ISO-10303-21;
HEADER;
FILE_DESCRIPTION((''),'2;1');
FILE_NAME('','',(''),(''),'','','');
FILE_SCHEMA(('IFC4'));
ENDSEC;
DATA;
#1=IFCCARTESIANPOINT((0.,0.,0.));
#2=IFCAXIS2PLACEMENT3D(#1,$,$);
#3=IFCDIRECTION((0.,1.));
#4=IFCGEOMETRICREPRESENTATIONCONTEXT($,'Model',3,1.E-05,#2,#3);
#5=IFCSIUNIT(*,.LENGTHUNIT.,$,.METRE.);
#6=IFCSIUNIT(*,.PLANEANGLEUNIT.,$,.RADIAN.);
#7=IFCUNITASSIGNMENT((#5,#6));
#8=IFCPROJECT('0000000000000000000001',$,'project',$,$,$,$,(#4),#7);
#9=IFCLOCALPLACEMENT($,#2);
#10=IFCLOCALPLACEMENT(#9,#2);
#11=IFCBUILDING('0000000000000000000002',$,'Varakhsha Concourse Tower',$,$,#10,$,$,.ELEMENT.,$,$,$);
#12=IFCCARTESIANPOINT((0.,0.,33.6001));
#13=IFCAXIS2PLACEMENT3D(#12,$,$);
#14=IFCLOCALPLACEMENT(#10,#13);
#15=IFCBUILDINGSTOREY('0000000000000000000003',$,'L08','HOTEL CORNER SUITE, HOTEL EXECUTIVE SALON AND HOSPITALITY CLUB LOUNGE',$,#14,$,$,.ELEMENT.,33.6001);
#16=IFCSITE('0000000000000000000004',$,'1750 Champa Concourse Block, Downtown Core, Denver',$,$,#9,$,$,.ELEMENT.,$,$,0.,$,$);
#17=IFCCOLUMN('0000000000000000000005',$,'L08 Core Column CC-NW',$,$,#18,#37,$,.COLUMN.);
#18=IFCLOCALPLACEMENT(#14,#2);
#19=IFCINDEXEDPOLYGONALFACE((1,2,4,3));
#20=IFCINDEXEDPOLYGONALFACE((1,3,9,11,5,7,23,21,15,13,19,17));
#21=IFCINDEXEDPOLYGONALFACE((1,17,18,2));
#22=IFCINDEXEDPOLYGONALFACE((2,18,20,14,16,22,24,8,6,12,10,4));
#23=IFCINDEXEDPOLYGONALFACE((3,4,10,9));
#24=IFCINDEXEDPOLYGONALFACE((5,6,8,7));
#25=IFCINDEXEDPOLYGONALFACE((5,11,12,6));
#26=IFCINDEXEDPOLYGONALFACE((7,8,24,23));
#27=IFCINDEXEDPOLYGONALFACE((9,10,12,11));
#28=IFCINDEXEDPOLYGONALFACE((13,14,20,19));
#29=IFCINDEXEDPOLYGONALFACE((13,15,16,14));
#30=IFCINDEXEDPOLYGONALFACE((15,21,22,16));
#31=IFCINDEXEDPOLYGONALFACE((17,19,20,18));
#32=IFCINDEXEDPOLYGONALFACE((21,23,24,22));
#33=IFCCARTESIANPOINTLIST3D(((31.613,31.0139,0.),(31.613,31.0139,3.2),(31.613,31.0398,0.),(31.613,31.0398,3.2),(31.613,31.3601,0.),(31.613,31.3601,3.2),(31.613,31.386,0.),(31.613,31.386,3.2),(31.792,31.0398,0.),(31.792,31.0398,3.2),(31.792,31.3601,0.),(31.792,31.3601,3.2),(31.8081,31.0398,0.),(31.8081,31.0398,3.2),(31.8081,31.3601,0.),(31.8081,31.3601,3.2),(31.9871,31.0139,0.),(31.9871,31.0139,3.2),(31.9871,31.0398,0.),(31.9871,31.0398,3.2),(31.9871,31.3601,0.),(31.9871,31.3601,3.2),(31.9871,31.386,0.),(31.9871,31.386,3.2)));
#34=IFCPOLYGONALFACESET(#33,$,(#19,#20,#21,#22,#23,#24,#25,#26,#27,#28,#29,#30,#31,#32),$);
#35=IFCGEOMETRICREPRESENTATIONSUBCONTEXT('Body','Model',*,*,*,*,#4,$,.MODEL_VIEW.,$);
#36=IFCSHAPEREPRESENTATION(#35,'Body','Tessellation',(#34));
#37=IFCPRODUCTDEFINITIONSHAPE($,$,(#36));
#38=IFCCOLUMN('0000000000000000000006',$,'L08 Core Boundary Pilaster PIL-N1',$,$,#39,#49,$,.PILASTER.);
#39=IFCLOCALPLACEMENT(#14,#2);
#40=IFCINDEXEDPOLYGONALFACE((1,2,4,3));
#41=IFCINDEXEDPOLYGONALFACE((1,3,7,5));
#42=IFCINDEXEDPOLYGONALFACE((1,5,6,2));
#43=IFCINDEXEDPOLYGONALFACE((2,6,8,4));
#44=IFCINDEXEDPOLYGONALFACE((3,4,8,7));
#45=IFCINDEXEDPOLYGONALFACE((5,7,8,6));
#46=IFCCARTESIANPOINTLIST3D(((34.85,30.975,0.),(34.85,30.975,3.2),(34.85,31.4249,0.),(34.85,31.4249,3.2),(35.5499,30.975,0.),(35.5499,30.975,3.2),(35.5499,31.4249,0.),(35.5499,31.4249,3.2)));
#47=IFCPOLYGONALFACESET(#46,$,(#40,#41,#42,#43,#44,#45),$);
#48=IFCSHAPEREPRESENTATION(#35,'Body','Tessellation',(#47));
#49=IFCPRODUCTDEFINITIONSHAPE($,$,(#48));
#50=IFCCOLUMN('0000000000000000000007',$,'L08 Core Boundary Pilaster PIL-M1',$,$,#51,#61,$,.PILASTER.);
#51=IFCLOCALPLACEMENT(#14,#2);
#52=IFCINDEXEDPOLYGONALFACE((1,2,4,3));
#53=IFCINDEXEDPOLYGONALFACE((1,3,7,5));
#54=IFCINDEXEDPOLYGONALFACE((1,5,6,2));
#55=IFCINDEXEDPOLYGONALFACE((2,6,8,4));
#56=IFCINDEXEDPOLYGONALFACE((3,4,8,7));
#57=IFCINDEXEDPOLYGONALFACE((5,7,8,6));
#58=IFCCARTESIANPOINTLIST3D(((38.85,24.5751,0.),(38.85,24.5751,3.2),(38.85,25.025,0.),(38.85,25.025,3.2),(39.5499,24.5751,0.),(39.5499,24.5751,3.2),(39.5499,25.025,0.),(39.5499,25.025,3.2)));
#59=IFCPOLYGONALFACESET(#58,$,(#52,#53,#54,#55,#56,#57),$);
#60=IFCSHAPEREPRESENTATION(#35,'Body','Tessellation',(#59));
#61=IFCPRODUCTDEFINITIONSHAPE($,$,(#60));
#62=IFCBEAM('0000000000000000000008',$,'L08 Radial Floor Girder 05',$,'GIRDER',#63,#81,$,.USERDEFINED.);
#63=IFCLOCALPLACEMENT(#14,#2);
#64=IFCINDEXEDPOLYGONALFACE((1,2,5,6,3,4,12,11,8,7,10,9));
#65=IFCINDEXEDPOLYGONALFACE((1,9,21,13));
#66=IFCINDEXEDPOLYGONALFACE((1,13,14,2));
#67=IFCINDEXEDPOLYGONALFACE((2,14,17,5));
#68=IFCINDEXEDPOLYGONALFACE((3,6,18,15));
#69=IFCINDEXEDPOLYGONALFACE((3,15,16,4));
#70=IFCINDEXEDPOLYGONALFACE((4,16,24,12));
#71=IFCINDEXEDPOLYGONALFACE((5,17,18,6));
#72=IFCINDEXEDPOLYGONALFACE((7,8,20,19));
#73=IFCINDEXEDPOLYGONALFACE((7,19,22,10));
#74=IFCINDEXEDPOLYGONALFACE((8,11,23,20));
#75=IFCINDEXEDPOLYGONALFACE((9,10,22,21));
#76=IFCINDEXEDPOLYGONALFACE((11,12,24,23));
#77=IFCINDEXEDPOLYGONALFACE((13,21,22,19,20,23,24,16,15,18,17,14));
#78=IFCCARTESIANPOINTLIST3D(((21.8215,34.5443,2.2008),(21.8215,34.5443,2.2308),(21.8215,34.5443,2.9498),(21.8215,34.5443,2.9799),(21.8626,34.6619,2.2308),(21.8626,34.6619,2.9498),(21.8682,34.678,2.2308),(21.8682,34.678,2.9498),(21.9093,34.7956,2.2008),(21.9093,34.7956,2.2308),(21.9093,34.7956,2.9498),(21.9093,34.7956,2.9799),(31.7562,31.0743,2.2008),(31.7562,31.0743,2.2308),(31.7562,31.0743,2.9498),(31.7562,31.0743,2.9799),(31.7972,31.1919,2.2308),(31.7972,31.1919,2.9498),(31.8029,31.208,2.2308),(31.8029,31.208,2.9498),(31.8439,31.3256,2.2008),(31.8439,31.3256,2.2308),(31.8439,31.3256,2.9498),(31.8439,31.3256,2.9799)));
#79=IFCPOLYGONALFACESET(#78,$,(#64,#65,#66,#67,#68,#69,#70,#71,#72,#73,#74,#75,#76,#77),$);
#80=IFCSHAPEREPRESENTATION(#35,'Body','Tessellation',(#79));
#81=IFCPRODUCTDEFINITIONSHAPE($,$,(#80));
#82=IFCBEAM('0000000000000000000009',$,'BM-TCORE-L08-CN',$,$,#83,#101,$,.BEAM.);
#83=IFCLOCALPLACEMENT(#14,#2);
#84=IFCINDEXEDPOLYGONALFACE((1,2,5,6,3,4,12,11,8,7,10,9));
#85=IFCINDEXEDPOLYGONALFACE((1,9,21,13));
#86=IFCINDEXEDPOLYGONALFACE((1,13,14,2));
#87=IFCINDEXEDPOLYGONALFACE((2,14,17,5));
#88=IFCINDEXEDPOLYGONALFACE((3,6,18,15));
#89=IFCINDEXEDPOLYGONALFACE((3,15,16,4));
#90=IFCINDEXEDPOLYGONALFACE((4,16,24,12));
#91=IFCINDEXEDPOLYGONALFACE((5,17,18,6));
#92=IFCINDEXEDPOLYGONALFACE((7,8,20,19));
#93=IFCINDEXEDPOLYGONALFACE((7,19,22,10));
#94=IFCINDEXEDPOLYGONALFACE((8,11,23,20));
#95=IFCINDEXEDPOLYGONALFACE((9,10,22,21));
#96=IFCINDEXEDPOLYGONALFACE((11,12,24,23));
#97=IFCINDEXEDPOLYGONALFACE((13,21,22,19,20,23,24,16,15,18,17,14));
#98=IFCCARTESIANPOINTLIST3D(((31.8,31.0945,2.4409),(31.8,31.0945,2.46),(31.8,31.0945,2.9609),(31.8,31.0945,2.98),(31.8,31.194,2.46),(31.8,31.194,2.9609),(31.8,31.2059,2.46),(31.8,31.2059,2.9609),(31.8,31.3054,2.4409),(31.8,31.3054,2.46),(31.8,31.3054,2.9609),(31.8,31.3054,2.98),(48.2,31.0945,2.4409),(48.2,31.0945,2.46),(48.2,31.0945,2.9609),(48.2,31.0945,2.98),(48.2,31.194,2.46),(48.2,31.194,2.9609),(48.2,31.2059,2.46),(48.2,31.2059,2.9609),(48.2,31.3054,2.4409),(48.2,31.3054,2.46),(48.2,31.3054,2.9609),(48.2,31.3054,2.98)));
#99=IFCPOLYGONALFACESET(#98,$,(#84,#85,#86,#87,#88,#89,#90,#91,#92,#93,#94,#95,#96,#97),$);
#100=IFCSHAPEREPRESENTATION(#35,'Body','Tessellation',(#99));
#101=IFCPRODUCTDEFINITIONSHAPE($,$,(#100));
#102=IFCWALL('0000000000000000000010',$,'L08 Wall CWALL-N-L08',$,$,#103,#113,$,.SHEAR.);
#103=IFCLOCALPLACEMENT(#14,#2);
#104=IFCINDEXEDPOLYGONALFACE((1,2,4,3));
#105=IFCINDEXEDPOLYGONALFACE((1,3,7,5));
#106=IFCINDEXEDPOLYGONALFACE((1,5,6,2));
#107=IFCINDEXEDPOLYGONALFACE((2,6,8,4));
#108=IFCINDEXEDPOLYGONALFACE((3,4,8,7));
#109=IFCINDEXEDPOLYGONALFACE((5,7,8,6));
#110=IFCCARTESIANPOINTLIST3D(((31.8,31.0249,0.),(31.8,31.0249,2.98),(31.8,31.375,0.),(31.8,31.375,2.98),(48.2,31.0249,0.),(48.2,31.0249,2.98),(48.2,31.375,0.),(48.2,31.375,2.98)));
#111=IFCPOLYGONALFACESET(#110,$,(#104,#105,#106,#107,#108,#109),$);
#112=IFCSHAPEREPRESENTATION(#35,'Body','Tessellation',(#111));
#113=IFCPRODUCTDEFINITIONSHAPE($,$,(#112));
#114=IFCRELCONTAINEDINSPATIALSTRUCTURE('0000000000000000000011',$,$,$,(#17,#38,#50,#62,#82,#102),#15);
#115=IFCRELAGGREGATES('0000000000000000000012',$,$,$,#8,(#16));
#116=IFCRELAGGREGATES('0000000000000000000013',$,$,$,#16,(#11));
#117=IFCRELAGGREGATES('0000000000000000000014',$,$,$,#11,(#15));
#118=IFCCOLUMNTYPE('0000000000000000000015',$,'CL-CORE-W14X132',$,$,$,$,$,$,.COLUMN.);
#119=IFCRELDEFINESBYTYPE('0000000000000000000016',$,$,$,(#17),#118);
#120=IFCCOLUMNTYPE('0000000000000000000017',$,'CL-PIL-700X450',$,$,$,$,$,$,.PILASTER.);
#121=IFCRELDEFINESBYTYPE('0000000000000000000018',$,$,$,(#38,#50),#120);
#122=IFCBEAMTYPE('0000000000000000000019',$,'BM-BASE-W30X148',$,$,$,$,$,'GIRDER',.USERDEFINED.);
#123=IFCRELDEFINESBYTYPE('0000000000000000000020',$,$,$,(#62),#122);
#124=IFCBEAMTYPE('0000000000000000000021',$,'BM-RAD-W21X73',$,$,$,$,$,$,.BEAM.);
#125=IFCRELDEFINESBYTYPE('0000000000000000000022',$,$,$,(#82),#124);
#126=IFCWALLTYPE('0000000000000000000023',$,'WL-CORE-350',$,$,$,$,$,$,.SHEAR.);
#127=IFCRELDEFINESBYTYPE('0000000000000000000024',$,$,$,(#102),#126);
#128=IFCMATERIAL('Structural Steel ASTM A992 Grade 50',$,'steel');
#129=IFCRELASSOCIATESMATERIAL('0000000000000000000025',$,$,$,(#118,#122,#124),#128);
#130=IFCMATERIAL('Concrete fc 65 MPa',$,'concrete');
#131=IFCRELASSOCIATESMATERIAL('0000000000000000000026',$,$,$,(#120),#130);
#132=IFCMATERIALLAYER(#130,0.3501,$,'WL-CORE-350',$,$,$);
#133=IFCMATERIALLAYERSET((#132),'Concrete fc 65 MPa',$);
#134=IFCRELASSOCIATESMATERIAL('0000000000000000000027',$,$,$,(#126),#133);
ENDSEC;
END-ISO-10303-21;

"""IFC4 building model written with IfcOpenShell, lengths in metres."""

from ifc_helpers import new_model, si_unit, direction, frame, frame_2d, origin, origin_2d, place, context, subcontext, project, spatial, rectangle, i_section, extrude, material, layer, layer_set, material_profile, profile_set, type_object, element, save


model = new_model("IFC4")

# Units and contexts
model_context = context("Model", 3, precision=1e-05, world=origin(), true_north=direction((0.0, 1.0)))
body_context = subcontext(model_context, "Body", "Model", "MODEL_VIEW")
ifc_project = project(units=[si_unit("LENGTHUNIT", "METRE"), si_unit("PLANEANGLEUNIT", "RADIAN")], contexts=[model_context])

# Site, building, storey
site_placement = place(None, origin())
site = spatial("IfcSite", under=ifc_project, at=site_placement, Name="1750 Champa Concourse Block, Downtown Core, Denver", CompositionType="ELEMENT", RefElevation=0.0)
building_placement = place(site_placement, origin())
building = spatial("IfcBuilding", under=site, at=building_placement, Name="Varakhsha Concourse Tower", CompositionType="ELEMENT")
storey_placement = place(building_placement, frame((0.0, 0.0, 33.6001)))
storey = spatial("IfcBuildingStorey", under=building, at=storey_placement, Name="L08", Description="HOTEL CORNER SUITE, HOTEL EXECUTIVE SALON AND HOSPITALITY CLUB LOUNGE", CompositionType="ELEMENT", Elevation=33.6001)

# Columns
ifc_material_1 = material(Name="Structural Steel ASTM A992 Grade 50", Category="steel")
ifc_material_profile_1 = material_profile(ifc_material_1, i_section(OverallWidth=0.374, OverallDepth=0.3721, WebThickness=0.0161, FlangeThickness=0.0259, at=origin_2d()), Name="W14X132")
ifc_profile_set_1 = profile_set([ifc_material_profile_1], Name="Structural Steel ASTM A992 Grade 50")
column_type_1 = type_object("IfcColumnType", Name="CL-CORE-W14X132", PredefinedType="COLUMN", material=ifc_profile_set_1)
column_placement = place(storey_placement, frame((31.8, 31.2, 0.0), z_axis=(0.0, 0.0, 1.0), x_axis=(1.0, 0.0, 0.0)))
element("IfcColumn", 1, at=column_placement, inside=storey, type_object=column_type_1, Name="L08 Core Column CC-NW", PredefinedType="COLUMN", context=body_context, shape_type="SweptSolid", body=[
    extrude(i_section(OverallWidth=0.374, OverallDepth=0.3721, WebThickness=0.0161, FlangeThickness=0.0259, at=origin_2d()), origin(), (0.0, 0.0, 1.0), 3.2),
])
ifc_material_2 = material(Name="Concrete fc 65 MPa", Category="concrete")
ifc_material_profile_2 = material_profile(ifc_material_2, rectangle(XDim=0.7, YDim=0.45, at=origin_2d()), Name="RC 700x450")
ifc_profile_set_2 = profile_set([ifc_material_profile_2], Name="Concrete fc 65 MPa")
column_type_2 = type_object("IfcColumnType", Name="CL-PIL-700X450", PredefinedType="PILASTER", material=ifc_profile_set_2)
for number, where, z_axis, x_axis, name in (
    (2, (35.2, 31.2, 0.0), (0.0, 0.0, 1.0), (1.0, 0.0, 0.0), "L08 Core Boundary Pilaster PIL-N1"),
    (3, (39.2, 24.8, 0.0), (0.0, 0.0, 1.0), (1.0, 0.0, 0.0), "L08 Core Boundary Pilaster PIL-M1"),
):
    element("IfcColumn", number, at=place(storey_placement, frame(where, z_axis=z_axis, x_axis=x_axis)), inside=storey, type_object=column_type_2, Name=name, PredefinedType="PILASTER", context=body_context, shape_type="SweptSolid", body=[
        extrude(rectangle(XDim=0.7, YDim=0.45, at=origin_2d()), origin(), (0.0, 0.0, 1.0), 3.2),
    ])

# Beams
ifc_material_profile_3 = material_profile(ifc_material_1, i_section(OverallWidth=0.2661, OverallDepth=0.7791, WebThickness=0.0171, FlangeThickness=0.03, at=origin_2d()), Name="W30X148")
ifc_profile_set_3 = profile_set([ifc_material_profile_3], Name="Structural Steel ASTM A992 Grade 50")
beam_type_1 = type_object("IfcBeamType", Name="BM-BASE-W30X148", ElementType="GIRDER", PredefinedType="USERDEFINED", material=ifc_profile_set_3)
beam_1_placement = place(storey_placement, frame((31.8, 31.2, 2.5903), z_axis=(-0.944069, 0.329747, 0.0), x_axis=(-0.329747, -0.944069, 0.0)))
element("IfcBeam", 4, at=beam_1_placement, inside=storey, type_object=beam_type_1, Name="L08 Radial Floor Girder 05", ObjectType="GIRDER", PredefinedType="USERDEFINED", context=body_context, shape_type="SweptSolid", body=[
    extrude(i_section(OverallWidth=0.2661, OverallDepth=0.7791, WebThickness=0.0171, FlangeThickness=0.03, at=origin_2d()), origin(), (0.0, 0.0, 1.0), 10.5232),
])
ifc_material_profile_4 = material_profile(ifc_material_1, i_section(OverallWidth=0.2109, OverallDepth=0.5391, WebThickness=0.012, FlangeThickness=0.019, at=origin_2d()), Name="W21X73")
ifc_profile_set_4 = profile_set([ifc_material_profile_4], Name="Structural Steel ASTM A992 Grade 50")
beam_type_2 = type_object("IfcBeamType", Name="BM-RAD-W21X73", PredefinedType="BEAM", material=ifc_profile_set_4)
beam_2_placement = place(storey_placement, frame((31.8, 31.2, 2.7104), z_axis=(1.0, 0.0, 0.0), x_axis=(0.0, 1.0, 0.0)))
element("IfcBeam", 5, at=beam_2_placement, inside=storey, type_object=beam_type_2, Name="BM-TCORE-L08-CN", PredefinedType="BEAM", context=body_context, shape_type="SweptSolid", body=[
    extrude(i_section(OverallWidth=0.2109, OverallDepth=0.5391, WebThickness=0.012, FlangeThickness=0.019, at=origin_2d()), origin(), (0.0, 0.0, 1.0), 16.3999),
])

# Wall
ifc_layer_1 = layer(ifc_material_2, 0.3501, Name="WL-CORE-350")
ifc_layer_set_1 = layer_set([ifc_layer_1], Name="Concrete fc 65 MPa")
wall_type_1 = type_object("IfcWallType", Name="WL-CORE-350", PredefinedType="SHEAR", material=ifc_layer_set_1)
wall_1_placement = place(storey_placement, frame((31.8, 31.2, 0.0), z_axis=(0.0, 0.0, 1.0), x_axis=(1.0, 0.0, 0.0)))
element("IfcWall", 6, at=wall_1_placement, inside=storey, type_object=wall_type_1, Name="L08 Wall CWALL-N-L08", PredefinedType="SHEAR", context=body_context, shape_type="SweptSolid", body=[
    extrude(rectangle(XDim=16.3999, YDim=0.3501, at=frame_2d((8.2, 0.0))), origin(), (0.0, 0.0, 1.0), 2.98),
])

save(model, "model.ifc")
